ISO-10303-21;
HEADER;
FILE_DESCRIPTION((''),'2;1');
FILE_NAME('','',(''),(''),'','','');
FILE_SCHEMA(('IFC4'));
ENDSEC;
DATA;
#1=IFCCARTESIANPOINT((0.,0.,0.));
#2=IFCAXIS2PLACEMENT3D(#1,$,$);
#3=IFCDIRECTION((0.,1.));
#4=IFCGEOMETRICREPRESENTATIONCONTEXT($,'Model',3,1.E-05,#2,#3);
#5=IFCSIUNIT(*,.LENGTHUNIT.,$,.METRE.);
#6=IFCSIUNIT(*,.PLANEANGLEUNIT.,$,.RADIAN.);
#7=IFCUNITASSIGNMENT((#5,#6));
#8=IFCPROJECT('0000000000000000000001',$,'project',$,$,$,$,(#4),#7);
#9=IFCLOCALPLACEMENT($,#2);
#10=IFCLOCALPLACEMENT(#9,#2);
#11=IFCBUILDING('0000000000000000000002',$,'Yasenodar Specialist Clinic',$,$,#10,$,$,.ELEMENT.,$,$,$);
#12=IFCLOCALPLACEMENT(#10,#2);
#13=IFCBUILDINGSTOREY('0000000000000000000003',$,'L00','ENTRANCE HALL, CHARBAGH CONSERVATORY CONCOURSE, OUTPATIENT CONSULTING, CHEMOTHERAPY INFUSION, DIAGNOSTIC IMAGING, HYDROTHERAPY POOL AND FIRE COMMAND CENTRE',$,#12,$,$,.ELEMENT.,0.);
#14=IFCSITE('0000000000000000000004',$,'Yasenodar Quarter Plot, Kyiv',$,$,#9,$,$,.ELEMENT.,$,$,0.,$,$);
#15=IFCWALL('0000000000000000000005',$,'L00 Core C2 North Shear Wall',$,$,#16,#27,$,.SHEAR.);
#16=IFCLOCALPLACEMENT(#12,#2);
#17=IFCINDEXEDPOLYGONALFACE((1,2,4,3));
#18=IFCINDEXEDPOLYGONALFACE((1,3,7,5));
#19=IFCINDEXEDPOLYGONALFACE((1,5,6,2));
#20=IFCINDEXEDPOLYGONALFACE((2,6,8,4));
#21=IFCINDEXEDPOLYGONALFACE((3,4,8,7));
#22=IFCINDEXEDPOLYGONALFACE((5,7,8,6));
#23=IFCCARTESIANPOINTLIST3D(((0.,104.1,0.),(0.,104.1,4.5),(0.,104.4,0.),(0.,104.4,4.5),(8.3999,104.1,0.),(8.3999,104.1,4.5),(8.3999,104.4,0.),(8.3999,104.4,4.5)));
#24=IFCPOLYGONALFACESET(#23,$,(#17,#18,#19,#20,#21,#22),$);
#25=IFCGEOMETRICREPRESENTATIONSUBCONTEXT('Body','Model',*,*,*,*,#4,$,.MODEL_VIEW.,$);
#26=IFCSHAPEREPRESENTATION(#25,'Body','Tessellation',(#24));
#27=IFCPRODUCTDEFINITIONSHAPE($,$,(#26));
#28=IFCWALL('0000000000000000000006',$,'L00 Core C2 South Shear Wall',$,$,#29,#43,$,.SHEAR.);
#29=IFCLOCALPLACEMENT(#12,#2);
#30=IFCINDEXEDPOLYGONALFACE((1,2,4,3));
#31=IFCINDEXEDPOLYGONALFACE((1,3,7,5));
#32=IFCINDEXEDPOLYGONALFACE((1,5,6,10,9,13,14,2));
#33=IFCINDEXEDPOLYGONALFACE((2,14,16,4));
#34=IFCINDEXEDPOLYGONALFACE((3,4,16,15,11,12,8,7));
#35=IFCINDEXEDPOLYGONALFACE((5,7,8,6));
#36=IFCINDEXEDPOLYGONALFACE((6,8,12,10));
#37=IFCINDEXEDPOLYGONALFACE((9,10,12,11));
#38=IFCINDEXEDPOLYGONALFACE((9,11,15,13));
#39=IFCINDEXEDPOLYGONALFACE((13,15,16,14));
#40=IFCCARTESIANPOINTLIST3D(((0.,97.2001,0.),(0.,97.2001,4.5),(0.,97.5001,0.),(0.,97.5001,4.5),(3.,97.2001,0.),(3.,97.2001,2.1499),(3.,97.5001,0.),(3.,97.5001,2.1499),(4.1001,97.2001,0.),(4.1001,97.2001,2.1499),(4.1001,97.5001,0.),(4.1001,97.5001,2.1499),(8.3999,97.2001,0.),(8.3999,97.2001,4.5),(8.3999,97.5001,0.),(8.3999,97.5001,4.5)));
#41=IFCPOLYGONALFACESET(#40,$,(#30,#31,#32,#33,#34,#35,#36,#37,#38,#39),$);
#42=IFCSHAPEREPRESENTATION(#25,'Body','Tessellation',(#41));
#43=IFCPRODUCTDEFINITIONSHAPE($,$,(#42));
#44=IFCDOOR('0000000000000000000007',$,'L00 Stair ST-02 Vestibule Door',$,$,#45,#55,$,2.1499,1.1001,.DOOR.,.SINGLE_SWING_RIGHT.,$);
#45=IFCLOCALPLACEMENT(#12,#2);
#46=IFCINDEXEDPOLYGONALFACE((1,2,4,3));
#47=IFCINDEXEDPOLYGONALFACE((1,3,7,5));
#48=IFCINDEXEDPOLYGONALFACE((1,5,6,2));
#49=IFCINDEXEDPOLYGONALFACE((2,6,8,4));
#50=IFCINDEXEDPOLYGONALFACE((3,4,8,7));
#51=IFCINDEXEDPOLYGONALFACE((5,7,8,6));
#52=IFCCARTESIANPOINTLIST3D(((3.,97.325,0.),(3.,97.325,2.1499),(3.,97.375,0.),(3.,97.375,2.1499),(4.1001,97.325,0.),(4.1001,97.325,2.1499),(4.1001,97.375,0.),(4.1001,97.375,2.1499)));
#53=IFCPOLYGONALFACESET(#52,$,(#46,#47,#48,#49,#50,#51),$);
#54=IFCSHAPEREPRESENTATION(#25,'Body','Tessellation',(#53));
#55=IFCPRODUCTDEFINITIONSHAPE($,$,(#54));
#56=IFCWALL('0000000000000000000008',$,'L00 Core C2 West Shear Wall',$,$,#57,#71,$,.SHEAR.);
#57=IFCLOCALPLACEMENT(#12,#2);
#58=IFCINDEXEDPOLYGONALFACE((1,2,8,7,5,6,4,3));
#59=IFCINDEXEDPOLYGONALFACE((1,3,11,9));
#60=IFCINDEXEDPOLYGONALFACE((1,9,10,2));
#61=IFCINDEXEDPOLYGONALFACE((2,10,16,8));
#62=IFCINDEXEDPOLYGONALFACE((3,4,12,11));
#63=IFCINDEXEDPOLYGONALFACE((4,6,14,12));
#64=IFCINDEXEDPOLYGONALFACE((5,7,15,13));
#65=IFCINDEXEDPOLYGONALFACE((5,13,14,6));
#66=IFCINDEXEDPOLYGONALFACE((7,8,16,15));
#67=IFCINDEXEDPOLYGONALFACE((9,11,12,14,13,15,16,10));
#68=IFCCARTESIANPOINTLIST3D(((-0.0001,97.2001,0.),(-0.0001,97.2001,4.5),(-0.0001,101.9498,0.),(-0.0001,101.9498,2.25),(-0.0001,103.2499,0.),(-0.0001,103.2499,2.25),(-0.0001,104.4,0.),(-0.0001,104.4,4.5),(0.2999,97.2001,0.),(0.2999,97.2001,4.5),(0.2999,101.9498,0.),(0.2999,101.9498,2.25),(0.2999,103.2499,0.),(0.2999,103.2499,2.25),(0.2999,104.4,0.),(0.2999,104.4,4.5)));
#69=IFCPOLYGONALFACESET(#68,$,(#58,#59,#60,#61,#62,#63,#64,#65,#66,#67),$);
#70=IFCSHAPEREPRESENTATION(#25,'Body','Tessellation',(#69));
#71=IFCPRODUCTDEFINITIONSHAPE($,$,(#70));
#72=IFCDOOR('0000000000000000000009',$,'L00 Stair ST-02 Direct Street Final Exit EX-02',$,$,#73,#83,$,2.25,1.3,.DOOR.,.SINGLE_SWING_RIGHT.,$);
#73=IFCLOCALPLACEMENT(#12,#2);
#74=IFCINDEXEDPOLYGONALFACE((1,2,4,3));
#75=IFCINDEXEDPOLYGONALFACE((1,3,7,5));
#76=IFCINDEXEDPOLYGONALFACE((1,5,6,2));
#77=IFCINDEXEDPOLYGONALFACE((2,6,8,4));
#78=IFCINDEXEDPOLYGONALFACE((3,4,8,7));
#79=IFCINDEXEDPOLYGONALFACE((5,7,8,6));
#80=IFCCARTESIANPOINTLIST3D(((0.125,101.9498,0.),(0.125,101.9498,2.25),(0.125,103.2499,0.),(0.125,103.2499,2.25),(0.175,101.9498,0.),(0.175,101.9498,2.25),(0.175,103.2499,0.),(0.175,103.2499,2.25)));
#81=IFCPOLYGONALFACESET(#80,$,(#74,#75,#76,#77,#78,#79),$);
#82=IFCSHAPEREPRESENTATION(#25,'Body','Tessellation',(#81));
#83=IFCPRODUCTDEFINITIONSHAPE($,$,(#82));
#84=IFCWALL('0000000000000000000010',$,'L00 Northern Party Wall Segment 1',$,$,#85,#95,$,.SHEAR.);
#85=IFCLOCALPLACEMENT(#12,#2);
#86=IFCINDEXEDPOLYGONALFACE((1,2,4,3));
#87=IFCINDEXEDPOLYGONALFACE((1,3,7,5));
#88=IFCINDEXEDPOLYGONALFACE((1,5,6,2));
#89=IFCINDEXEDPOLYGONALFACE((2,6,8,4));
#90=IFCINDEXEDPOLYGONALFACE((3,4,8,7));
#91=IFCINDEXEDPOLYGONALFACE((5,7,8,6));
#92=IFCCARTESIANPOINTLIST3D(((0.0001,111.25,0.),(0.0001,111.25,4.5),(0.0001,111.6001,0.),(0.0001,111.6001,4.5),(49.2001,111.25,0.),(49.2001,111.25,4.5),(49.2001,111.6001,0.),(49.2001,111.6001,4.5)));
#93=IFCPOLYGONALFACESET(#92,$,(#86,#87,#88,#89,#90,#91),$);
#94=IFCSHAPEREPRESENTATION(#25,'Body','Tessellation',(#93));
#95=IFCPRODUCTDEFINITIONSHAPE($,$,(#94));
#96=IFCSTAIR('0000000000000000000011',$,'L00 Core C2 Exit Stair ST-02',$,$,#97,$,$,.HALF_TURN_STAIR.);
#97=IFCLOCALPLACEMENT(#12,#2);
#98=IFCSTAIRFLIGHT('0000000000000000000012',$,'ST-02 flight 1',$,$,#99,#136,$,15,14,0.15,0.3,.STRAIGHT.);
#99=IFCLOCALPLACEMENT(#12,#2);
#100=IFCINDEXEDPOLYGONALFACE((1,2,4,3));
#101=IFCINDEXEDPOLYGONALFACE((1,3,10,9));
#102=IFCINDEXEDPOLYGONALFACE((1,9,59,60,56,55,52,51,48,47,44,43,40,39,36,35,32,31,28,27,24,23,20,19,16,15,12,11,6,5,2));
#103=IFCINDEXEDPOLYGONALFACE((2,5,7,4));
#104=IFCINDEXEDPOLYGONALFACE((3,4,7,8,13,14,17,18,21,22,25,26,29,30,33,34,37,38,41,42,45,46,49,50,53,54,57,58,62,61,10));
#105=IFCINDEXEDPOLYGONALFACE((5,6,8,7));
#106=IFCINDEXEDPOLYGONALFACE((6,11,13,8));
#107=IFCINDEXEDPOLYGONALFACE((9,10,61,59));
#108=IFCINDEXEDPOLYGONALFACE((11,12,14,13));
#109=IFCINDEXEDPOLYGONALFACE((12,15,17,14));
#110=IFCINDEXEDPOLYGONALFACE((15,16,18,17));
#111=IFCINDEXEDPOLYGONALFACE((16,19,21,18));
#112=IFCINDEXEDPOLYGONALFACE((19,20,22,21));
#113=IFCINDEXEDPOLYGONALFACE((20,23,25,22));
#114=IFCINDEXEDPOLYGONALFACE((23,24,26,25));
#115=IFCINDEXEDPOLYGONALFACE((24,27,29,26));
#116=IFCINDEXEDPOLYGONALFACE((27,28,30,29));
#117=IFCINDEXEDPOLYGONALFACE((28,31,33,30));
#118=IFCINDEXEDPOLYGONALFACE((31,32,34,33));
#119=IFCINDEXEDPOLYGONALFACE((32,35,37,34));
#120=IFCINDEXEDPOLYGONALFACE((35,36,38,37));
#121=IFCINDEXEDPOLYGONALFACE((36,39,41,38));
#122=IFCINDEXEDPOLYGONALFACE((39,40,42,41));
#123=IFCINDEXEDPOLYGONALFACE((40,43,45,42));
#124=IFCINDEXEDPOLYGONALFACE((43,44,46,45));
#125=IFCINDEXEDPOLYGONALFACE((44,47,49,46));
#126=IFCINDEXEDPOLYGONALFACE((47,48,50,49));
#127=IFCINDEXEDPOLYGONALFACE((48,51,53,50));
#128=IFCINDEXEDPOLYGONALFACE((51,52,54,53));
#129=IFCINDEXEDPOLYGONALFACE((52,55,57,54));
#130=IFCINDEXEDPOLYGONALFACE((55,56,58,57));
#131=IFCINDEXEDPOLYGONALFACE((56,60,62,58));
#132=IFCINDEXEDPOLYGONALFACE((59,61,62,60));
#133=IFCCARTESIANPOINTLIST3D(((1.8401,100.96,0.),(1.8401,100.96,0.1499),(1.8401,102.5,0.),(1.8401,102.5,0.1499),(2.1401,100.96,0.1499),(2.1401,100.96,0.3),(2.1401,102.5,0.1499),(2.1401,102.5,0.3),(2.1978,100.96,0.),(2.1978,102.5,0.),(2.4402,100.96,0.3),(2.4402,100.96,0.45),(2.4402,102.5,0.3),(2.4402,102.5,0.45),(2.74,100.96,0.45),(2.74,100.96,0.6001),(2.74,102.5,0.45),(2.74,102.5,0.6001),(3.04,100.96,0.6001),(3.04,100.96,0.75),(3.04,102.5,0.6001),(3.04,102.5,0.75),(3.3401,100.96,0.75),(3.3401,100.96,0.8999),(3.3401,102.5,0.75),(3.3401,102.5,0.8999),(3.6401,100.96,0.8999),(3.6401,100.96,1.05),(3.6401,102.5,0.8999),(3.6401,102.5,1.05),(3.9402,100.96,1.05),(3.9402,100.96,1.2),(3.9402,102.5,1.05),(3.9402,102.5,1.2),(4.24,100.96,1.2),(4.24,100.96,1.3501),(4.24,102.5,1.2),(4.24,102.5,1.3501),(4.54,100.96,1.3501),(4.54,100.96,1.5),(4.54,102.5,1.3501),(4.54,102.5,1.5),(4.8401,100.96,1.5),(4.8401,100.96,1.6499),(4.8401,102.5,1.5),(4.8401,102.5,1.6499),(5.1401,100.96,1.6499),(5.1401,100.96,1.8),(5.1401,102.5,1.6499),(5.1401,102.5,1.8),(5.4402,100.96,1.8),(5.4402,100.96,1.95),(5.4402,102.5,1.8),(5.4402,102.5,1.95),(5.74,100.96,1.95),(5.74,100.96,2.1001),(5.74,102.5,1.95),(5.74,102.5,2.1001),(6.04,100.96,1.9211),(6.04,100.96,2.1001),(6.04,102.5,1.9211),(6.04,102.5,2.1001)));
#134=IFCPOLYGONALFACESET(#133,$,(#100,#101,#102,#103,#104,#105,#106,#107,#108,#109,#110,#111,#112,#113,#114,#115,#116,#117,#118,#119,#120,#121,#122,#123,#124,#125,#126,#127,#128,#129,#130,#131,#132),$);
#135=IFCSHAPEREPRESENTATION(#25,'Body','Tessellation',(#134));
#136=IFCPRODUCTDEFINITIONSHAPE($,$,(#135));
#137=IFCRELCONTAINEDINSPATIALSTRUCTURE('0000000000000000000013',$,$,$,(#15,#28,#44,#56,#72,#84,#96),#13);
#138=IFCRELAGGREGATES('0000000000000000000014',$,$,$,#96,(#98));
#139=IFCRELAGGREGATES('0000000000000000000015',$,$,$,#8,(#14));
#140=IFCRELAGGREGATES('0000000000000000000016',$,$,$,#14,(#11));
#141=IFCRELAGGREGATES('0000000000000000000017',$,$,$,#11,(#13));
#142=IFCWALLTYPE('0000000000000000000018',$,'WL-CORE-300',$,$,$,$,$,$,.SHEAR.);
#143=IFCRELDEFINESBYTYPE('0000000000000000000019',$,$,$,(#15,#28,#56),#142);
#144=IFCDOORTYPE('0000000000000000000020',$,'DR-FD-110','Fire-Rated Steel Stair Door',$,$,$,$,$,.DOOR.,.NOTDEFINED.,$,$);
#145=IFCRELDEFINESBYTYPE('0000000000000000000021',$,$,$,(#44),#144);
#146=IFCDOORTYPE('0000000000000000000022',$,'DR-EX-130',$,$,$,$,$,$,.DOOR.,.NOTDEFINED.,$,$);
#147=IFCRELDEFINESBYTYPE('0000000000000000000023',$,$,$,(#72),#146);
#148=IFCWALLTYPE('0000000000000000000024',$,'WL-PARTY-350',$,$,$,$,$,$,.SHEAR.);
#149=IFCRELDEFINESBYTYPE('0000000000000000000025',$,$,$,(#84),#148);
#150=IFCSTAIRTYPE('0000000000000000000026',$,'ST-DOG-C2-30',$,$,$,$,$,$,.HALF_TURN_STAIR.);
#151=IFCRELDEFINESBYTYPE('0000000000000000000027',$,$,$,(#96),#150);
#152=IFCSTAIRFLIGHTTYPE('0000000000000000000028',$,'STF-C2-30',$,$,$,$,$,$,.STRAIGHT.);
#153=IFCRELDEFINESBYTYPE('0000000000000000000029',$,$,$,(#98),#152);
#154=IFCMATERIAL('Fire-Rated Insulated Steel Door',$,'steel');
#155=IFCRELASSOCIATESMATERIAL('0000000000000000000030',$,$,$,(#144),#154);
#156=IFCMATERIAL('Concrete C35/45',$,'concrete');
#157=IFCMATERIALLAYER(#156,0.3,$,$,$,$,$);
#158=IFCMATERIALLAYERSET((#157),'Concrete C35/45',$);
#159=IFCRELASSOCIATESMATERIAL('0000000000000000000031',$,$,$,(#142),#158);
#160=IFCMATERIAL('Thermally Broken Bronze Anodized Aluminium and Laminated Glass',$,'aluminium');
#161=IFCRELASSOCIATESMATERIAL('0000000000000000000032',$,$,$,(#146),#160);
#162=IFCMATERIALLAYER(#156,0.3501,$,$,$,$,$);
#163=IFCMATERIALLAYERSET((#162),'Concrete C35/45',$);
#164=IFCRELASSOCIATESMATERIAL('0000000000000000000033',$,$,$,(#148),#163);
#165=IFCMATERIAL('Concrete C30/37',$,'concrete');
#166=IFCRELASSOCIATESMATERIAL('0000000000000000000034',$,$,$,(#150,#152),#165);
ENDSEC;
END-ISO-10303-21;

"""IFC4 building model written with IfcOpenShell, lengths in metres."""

from ifc_helpers import new_model, si_unit, direction, frame, frame_2d, origin, place, context, subcontext, project, spatial, polyline, rectangle, outline, extrude, material, layer, layer_set, type_object, element, fill, aggregate, save


model = new_model("IFC4")

# Units and contexts
model_context = context("Model", 3, precision=1e-05, world=origin(), true_north=direction((0.0, 1.0)))
body_context = subcontext(model_context, "Body", "Model", "MODEL_VIEW")
ifc_project = project(units=[si_unit("LENGTHUNIT", "METRE"), si_unit("PLANEANGLEUNIT", "RADIAN")], contexts=[model_context])

# Site, building, storey
site_placement = place(None, origin())
site = spatial("IfcSite", under=ifc_project, at=site_placement, Name="Yasenodar Quarter Plot, Kyiv", CompositionType="ELEMENT", RefElevation=0.0)
building_placement = place(site_placement, origin())
building = spatial("IfcBuilding", under=site, at=building_placement, Name="Yasenodar Specialist Clinic", CompositionType="ELEMENT")
storey_placement = place(building_placement, origin())
storey = spatial("IfcBuildingStorey", under=building, at=storey_placement, Name="L00", Description="ENTRANCE HALL, CHARBAGH CONSERVATORY CONCOURSE, OUTPATIENT CONSULTING, CHEMOTHERAPY INFUSION, DIAGNOSTIC IMAGING, HYDROTHERAPY POOL AND FIRE COMMAND CENTRE", CompositionType="ELEMENT", Elevation=0.0)

# Shared definitions
ifc_material_1 = material(Name="Concrete C35/45", Category="concrete")

# Shared definitions
ifc_material_2 = material(Name="Fire-Rated Insulated Steel Door", Category="steel")
door_type_1 = type_object("IfcDoorType", Name="DR-FD-110", Description="Fire-Rated Steel Stair Door", OperationType="NOTDEFINED", PredefinedType="DOOR", material=ifc_material_2)

# Wall
ifc_layer_1 = layer(ifc_material_1, 0.3)
ifc_layer_set_1 = layer_set([ifc_layer_1], Name="Concrete C35/45")
wall_type_1 = type_object("IfcWallType", Name="WL-CORE-300", PredefinedType="SHEAR", material=ifc_layer_set_1)
wall_1_placement = place(storey_placement, frame((0.0, 104.25, 0.0), z_axis=(0.0, 0.0, 1.0), x_axis=(1.0, 0.0, 0.0)))
element("IfcWall", 1, at=wall_1_placement, inside=storey, type_object=wall_type_1, Name="L00 Core C2 North Shear Wall", PredefinedType="SHEAR", context=body_context, shape_type="SweptSolid", body=[
    extrude(rectangle(XDim=8.3999, YDim=0.3, at=frame_2d((4.2, 0.0))), origin(), (0.0, 0.0, 1.0), 4.5),
])

# Walls, openings, doors
wall_2_placement = place(storey_placement, frame((0.0, 97.3501, 0.0), z_axis=(0.0, 0.0, 1.0), x_axis=(1.0, 0.0, 0.0)))
wall_2 = element("IfcWall", 2, at=wall_2_placement, inside=storey, type_object=wall_type_1, Name="L00 Core C2 South Shear Wall", PredefinedType="SHEAR", context=body_context, shape_type="SweptSolid", body=[
    extrude(rectangle(XDim=8.3999, YDim=0.3, at=frame_2d((4.2, 0.0))), origin(), (0.0, 0.0, 1.0), 4.5),
])
opening_1_placement = place(wall_2_placement, frame((3.0, 0.0, 0.0)))
opening_1 = element("IfcOpeningElement", 3, at=opening_1_placement, cuts=wall_2, PredefinedType="OPENING", context=body_context, shape_type="SweptSolid", body=[
    extrude(rectangle(XDim=1.1001, YDim=2.1499, at=frame_2d((0.55, 1.075))), frame((0.0, 0.1602, 0.0), z_axis=(0.0, -1.0, 0.0), x_axis=(1.0, 0.0, 0.0)), (0.0, 0.0, 1.0), 0.3201),
])
door_1_placement = place(opening_1_placement, origin())
door_1 = element("IfcDoor", 4, at=door_1_placement, inside=storey, type_object=door_type_1, Name="L00 Stair ST-02 Vestibule Door", OperationType="SINGLE_SWING_RIGHT", OverallHeight=2.1499, OverallWidth=1.1001, PredefinedType="DOOR", context=body_context, shape_type="SweptSolid", body=[
    extrude(rectangle(XDim=1.1001, YDim=2.1499, at=frame_2d((0.55, 1.075))), frame((0.0, 0.0249, 0.0), z_axis=(0.0, -1.0, 0.0), x_axis=(1.0, 0.0, 0.0)), (0.0, 0.0, 1.0), 0.05),
])
fill(opening_1, door_1)
wall_3_placement = place(storey_placement, frame((0.1499, 97.2, 0.0), z_axis=(0.0, 0.0, 1.0), x_axis=(0.0, 1.0, 0.0)))
wall_3 = element("IfcWall", 5, at=wall_3_placement, inside=storey, type_object=wall_type_1, Name="L00 Core C2 West Shear Wall", PredefinedType="SHEAR", context=body_context, shape_type="SweptSolid", body=[
    extrude(rectangle(XDim=7.2, YDim=0.3, at=frame_2d((3.6001, 0.0))), origin(), (0.0, 0.0, 1.0), 4.5),
])
opening_2_placement = place(wall_3_placement, frame((4.75, 0.0, 0.0)))
opening_2 = element("IfcOpeningElement", 6, at=opening_2_placement, cuts=wall_3, PredefinedType="OPENING", context=body_context, shape_type="SweptSolid", body=[
    extrude(rectangle(XDim=1.3, YDim=2.25, at=frame_2d((0.6499, 1.125))), frame((0.0, 0.1602, 0.0), z_axis=(0.0, -1.0, 0.0), x_axis=(1.0, 0.0, 0.0)), (0.0, 0.0, 1.0), 0.3201),
])
ifc_material_3 = material(Name="Thermally Broken Bronze Anodized Aluminium and Laminated Glass", Category="aluminium")
door_type_2 = type_object("IfcDoorType", Name="DR-EX-130", OperationType="NOTDEFINED", PredefinedType="DOOR", material=ifc_material_3)
door_2_placement = place(opening_2_placement, origin())
door_2 = element("IfcDoor", 7, at=door_2_placement, inside=storey, type_object=door_type_2, Name="L00 Stair ST-02 Direct Street Final Exit EX-02", OperationType="SINGLE_SWING_RIGHT", OverallHeight=2.25, OverallWidth=1.3, PredefinedType="DOOR", context=body_context, shape_type="SweptSolid", body=[
    extrude(rectangle(XDim=1.3, YDim=2.25, at=frame_2d((0.6499, 1.125))), frame((0.0, 0.0249, 0.0), z_axis=(0.0, -1.0, 0.0), x_axis=(1.0, 0.0, 0.0)), (0.0, 0.0, 1.0), 0.05),
])
fill(opening_2, door_2)

# Wall
ifc_layer_2 = layer(ifc_material_1, 0.3501)
ifc_layer_set_2 = layer_set([ifc_layer_2], Name="Concrete C35/45")
wall_type_2 = type_object("IfcWallType", Name="WL-PARTY-350", PredefinedType="SHEAR", material=ifc_layer_set_2)
wall_4_placement = place(storey_placement, frame((0.0, 111.425, 0.0), z_axis=(0.0, 0.0, 1.0), x_axis=(1.0, 0.0, 0.0)))
element("IfcWall", 8, at=wall_4_placement, inside=storey, type_object=wall_type_2, Name="L00 Northern Party Wall Segment 1", PredefinedType="SHEAR", context=body_context, shape_type="SweptSolid", body=[
    extrude(rectangle(XDim=49.2, YDim=0.3501, at=frame_2d((24.6001, 0.0))), origin(), (0.0, 0.0, 1.0), 4.5),
])

# Stair, stair flight
ifc_material_4 = material(Name="Concrete C30/37", Category="concrete")
stair_type = type_object("IfcStairType", Name="ST-DOG-C2-30", PredefinedType="HALF_TURN_STAIR", material=ifc_material_4)
stair_placement = place(storey_placement, origin())
stair = element("IfcStair", 9, at=stair_placement, inside=storey, type_object=stair_type, Name="L00 Core C2 Exit Stair ST-02", PredefinedType="HALF_TURN_STAIR")
stair_flight_type = type_object("IfcStairFlightType", Name="STF-C2-30", PredefinedType="STRAIGHT", material=ifc_material_4)
stair_flight_placement = place(storey_placement, frame((1.8401, 101.73, 0.0), z_axis=(0.0, 0.0, 1.0), x_axis=(1.0, 0.0, 0.0)))
stair_flight = element("IfcStairFlight", 10, at=stair_flight_placement, type_object=stair_flight_type, Name="ST-02 flight 1", NumberOfRisers=15, NumberOfTreads=14, PredefinedType="STRAIGHT", RiserHeight=0.15, TreadLength=0.3, context=body_context, shape_type="SweptSolid", body=[
    extrude(outline(polyline([(0.0, 0.0), (0.0, 0.1499), (0.3, 0.1499), (0.3, 0.3), (0.6001, 0.3), (0.6001, 0.45), (0.8999, 0.45), (0.8999, 0.6001), (1.2, 0.6001), (1.2, 0.75), (1.5, 0.75), (1.5, 0.8999), (1.8, 0.8999), (1.8, 1.05), (2.1001, 1.05), (2.1001, 1.2), (2.3999, 1.2), (2.3999, 1.3501), (2.7, 1.3501), (2.7, 1.5), (3.0, 1.5), (3.0, 1.6499), (3.3, 1.6499), (3.3, 1.8), (3.6001, 1.8), (3.6001, 1.95), (3.8999, 1.95), (3.8999, 2.1001), (4.2, 2.1001), (4.2, 2.25), (4.2, 1.9211), (0.3577, 0.0), (0.0, 0.0)])), frame((0.0, 0.77, 0.0), z_axis=(0.0, -1.0, 0.0), x_axis=(1.0, 0.0, 0.0)), (0.0, 0.0, 1.0), 1.54),
])
aggregate(stair, [stair_flight])

save(model, "model.ifc")
